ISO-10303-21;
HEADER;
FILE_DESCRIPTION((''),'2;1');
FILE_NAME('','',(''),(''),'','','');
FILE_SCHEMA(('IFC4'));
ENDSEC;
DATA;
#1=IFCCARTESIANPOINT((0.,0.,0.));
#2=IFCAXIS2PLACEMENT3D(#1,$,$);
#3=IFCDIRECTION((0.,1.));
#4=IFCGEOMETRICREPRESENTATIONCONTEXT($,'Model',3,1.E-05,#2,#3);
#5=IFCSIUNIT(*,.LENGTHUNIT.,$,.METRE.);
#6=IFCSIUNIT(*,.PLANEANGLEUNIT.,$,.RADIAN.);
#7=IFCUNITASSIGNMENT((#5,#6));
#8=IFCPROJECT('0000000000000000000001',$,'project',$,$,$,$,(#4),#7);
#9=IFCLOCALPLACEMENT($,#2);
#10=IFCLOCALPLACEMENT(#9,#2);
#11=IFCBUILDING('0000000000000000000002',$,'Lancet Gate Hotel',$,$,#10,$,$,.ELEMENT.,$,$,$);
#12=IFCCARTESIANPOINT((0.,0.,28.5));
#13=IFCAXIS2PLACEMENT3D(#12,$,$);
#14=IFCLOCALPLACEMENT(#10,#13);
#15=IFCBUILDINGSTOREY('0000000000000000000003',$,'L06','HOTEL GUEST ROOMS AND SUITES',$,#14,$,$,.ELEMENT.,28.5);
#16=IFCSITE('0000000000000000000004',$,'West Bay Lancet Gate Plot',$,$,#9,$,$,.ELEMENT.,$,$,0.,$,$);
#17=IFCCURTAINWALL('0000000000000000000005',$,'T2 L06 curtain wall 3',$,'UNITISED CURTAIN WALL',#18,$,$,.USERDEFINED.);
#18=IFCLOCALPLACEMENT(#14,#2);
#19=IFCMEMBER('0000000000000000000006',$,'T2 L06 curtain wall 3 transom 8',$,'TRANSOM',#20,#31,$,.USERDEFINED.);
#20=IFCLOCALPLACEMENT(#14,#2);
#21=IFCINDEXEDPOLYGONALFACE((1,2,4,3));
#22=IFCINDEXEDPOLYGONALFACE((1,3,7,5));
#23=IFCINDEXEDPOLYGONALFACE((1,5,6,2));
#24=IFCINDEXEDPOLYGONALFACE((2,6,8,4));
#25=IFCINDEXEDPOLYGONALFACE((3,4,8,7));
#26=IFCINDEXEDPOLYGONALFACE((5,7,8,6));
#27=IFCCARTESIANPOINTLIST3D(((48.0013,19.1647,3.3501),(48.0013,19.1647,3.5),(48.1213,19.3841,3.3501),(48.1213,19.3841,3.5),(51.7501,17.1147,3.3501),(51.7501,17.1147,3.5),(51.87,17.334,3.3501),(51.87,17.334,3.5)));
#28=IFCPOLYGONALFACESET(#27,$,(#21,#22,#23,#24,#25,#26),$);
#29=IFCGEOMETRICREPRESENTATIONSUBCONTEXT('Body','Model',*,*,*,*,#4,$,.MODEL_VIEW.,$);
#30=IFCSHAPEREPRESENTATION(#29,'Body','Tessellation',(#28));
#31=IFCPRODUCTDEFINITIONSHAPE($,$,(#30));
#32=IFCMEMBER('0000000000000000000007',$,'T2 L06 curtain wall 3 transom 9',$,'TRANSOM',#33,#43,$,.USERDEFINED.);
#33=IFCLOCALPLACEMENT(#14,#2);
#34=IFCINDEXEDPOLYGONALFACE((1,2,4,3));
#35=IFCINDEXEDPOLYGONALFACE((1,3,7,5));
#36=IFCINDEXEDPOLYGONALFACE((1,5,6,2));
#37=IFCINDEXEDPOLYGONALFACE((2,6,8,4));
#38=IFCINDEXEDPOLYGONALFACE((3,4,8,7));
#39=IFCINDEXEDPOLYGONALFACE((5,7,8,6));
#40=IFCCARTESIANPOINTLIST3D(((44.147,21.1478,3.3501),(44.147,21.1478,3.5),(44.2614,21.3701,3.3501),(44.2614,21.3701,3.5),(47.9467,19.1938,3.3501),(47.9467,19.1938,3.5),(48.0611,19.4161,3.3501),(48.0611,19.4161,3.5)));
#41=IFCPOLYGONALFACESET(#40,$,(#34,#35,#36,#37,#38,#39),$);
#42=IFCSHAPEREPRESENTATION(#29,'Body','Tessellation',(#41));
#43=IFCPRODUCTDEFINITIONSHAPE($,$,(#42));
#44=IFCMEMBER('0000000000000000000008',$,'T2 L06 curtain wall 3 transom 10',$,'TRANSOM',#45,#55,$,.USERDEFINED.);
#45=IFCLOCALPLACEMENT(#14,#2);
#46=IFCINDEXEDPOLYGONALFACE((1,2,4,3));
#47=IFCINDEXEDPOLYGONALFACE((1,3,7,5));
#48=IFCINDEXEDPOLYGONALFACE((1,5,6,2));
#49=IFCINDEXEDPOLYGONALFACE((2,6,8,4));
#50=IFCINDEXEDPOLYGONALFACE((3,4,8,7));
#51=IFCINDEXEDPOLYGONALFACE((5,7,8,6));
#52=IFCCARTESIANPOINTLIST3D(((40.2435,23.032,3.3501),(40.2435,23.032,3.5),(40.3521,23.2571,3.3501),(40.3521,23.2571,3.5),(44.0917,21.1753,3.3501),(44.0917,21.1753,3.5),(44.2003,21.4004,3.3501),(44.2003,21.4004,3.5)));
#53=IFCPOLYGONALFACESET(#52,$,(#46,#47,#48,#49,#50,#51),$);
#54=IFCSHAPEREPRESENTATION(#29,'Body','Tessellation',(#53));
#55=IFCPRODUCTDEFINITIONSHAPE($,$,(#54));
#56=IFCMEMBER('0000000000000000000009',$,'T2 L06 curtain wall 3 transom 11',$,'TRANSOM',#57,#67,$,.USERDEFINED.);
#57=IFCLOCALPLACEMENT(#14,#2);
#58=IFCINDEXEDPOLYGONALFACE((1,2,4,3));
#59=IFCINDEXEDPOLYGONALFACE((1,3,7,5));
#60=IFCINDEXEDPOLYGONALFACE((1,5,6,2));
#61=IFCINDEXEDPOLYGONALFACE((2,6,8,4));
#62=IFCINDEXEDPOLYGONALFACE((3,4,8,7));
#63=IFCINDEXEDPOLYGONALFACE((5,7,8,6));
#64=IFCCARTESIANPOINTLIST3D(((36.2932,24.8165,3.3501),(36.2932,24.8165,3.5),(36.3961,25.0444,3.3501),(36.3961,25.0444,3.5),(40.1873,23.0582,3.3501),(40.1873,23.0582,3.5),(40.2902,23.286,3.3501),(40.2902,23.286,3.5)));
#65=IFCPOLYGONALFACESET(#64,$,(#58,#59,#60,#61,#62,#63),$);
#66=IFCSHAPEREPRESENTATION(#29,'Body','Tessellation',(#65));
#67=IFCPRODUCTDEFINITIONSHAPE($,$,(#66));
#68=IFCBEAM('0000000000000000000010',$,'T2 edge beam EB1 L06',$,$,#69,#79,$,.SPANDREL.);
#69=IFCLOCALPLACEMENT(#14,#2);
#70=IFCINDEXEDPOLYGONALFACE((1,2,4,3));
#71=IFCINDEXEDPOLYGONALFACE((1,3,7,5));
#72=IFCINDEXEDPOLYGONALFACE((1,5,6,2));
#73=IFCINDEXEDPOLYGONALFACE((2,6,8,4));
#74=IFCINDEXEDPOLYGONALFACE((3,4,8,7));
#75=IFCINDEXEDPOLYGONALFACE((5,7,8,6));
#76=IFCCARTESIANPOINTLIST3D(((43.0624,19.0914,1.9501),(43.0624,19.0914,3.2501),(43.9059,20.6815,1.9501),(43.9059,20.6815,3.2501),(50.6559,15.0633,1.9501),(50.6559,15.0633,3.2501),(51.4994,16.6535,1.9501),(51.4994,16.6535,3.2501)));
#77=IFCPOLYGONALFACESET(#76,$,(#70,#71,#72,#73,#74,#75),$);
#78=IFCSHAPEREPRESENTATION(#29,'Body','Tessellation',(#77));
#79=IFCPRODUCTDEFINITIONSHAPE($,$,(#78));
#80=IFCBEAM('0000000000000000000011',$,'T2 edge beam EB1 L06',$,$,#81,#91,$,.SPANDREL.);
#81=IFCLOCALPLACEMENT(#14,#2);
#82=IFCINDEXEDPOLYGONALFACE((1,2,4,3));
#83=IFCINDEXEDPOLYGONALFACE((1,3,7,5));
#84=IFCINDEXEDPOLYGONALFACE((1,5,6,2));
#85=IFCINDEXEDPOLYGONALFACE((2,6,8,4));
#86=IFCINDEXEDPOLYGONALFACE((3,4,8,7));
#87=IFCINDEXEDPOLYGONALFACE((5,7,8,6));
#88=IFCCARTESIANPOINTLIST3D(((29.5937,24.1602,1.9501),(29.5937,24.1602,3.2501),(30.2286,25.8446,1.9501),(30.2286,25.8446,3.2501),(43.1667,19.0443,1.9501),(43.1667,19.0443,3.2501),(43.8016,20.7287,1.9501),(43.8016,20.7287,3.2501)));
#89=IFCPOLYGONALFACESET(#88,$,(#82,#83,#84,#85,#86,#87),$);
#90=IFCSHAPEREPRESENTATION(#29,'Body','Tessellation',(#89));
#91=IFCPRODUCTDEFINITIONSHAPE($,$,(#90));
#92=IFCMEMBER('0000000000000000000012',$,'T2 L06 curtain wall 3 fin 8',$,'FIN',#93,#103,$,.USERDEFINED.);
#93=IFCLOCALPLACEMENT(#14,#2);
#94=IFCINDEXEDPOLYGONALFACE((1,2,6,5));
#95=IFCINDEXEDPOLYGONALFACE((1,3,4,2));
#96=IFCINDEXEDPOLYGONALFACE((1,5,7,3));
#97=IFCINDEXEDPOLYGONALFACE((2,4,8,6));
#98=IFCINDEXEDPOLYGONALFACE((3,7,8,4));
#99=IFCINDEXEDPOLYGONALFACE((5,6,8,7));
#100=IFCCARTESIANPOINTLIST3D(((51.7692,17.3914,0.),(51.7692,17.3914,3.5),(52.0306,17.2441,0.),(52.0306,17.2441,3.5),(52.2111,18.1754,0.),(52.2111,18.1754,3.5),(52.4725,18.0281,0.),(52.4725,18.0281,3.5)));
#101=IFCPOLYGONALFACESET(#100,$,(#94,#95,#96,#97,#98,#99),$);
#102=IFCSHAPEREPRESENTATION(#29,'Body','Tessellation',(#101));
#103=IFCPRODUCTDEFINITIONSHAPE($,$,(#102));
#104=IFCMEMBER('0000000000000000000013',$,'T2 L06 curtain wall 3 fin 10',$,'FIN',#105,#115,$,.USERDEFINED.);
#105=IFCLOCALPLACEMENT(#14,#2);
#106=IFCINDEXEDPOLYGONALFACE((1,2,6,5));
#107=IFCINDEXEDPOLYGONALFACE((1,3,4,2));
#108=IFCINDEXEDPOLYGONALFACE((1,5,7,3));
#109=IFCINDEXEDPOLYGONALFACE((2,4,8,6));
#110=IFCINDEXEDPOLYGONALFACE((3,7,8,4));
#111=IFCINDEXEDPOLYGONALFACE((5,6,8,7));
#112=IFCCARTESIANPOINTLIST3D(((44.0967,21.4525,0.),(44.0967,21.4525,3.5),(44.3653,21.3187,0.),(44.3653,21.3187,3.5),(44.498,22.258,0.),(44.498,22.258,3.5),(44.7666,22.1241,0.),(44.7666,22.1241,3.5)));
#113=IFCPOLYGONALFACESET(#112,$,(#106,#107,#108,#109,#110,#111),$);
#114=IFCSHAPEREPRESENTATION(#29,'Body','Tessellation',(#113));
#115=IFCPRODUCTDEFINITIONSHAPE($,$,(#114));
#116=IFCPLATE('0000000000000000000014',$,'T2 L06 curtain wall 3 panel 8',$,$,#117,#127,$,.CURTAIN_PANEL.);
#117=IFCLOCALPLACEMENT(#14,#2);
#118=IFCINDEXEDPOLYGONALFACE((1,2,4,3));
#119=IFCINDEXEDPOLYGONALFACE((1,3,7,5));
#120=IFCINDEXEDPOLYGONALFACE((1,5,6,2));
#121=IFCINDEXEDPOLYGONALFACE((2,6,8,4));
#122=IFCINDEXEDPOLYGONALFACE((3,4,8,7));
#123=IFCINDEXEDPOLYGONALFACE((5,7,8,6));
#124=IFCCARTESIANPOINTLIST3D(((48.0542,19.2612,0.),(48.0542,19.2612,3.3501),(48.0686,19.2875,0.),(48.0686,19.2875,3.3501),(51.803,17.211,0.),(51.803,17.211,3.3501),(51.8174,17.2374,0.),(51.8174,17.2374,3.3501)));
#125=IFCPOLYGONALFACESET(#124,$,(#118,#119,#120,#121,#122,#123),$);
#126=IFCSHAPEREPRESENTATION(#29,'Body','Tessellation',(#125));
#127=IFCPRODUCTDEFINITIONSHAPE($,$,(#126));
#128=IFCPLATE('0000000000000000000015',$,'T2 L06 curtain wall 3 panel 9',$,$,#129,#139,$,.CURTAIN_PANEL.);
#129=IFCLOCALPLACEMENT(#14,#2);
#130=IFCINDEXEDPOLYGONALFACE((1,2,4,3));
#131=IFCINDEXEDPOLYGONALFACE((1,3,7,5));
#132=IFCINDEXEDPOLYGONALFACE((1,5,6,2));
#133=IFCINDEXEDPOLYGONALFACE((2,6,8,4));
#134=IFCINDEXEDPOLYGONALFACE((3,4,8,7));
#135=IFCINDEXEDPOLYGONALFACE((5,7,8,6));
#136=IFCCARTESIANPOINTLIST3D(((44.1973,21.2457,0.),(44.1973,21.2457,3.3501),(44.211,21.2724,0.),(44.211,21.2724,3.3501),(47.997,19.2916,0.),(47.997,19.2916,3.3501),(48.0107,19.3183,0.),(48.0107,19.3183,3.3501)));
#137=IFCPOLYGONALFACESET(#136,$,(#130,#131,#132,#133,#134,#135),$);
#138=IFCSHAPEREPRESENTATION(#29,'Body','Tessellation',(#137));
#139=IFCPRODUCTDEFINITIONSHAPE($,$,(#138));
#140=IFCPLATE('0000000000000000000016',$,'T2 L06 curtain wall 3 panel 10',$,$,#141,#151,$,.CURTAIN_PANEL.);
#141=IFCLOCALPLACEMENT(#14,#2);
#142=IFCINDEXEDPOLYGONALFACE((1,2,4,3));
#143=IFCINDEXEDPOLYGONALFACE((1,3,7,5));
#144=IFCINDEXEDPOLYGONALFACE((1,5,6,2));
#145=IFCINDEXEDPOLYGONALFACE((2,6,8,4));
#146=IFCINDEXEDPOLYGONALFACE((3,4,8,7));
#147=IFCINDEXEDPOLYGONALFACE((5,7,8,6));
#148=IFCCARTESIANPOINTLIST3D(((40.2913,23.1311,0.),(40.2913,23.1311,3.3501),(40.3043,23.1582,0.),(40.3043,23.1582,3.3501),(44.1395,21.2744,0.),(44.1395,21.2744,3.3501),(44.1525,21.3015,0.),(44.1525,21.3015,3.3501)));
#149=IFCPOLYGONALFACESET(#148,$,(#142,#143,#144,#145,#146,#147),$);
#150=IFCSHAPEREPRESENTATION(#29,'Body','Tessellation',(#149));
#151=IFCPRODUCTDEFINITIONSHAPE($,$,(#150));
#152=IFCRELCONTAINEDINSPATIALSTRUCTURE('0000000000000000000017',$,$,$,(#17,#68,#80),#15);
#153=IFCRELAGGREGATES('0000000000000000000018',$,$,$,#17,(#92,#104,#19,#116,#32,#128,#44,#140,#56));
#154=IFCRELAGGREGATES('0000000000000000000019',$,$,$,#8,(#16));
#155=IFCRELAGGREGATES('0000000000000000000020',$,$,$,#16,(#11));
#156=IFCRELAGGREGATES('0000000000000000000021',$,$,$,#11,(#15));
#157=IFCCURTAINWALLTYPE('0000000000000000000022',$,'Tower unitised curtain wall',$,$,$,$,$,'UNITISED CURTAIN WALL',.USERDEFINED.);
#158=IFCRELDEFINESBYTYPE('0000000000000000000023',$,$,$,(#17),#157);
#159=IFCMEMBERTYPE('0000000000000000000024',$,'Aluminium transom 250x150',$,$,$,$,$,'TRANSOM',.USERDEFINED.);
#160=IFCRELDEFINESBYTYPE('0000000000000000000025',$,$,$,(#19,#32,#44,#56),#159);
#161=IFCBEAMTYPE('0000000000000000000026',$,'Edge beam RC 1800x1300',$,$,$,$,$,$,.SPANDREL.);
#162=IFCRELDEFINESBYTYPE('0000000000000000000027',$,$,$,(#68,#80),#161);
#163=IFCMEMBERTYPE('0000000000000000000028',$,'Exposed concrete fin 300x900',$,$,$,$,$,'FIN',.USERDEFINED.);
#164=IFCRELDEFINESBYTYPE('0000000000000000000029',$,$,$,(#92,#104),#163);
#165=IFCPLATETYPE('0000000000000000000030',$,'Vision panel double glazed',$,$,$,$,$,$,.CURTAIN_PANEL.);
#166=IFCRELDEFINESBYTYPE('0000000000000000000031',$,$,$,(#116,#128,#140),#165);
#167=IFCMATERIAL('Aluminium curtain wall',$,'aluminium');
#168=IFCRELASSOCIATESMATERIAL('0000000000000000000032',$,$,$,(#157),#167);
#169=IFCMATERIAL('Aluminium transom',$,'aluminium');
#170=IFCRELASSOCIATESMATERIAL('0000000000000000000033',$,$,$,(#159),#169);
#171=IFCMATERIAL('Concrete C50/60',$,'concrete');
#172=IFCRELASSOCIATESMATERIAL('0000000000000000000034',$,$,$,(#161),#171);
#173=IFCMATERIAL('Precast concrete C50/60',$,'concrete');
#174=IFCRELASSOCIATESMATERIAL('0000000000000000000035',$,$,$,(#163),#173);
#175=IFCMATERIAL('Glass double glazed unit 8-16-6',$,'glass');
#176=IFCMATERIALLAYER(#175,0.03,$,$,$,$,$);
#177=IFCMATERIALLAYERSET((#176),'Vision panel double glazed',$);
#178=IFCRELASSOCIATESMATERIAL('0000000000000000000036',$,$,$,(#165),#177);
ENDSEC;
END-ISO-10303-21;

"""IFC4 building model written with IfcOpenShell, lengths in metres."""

from ifc_helpers import new_model, si_unit, direction, frame, origin, origin_2d, place, context, subcontext, project, spatial, rectangle, extrude, material, layer, layer_set, material_profile, profile_set, type_object, element, aggregate, save


model = new_model("IFC4")

# Units and contexts
model_context = context("Model", 3, precision=1e-05, world=origin(), true_north=direction((0.0, 1.0)))
body_context = subcontext(model_context, "Body", "Model", "MODEL_VIEW")
ifc_project = project(units=[si_unit("LENGTHUNIT", "METRE"), si_unit("PLANEANGLEUNIT", "RADIAN")], contexts=[model_context])

# Site, building, storey
site_placement = place(None, origin())
site = spatial("IfcSite", under=ifc_project, at=site_placement, Name="West Bay Lancet Gate Plot", CompositionType="ELEMENT", RefElevation=0.0)
building_placement = place(site_placement, origin())
building = spatial("IfcBuilding", under=site, at=building_placement, Name="Lancet Gate Hotel", CompositionType="ELEMENT")
storey_placement = place(building_placement, frame((0.0, 0.0, 28.5)))
storey = spatial("IfcBuildingStorey", under=building, at=storey_placement, Name="L06", Description="HOTEL GUEST ROOMS AND SUITES", CompositionType="ELEMENT", Elevation=28.5)

# Curtain wall, members
ifc_material_1 = material(Name="Aluminium curtain wall", Category="aluminium")
curtain_wall_type = type_object("IfcCurtainWallType", Name="Tower unitised curtain wall", ElementType="UNITISED CURTAIN WALL", PredefinedType="USERDEFINED", material=ifc_material_1)
curtain_wall_placement = place(storey_placement, origin())
curtain_wall = element("IfcCurtainWall", 1, at=curtain_wall_placement, inside=storey, type_object=curtain_wall_type, Name="T2 L06 curtain wall 3", ObjectType="UNITISED CURTAIN WALL", PredefinedType="USERDEFINED")
ifc_material_2 = material(Name="Aluminium transom", Category="aluminium")
ifc_material_profile_1 = material_profile(ifc_material_2, rectangle(XDim=0.25, YDim=0.1499, at=origin_2d()), Name="TRANSOM 250x150")
ifc_profile_set_1 = profile_set([ifc_material_profile_1], Name="Aluminium transom")
member_type_1 = type_object("IfcMemberType", Name="Aluminium transom 250x150", ElementType="TRANSOM", PredefinedType="USERDEFINED", material=ifc_profile_set_1)
member_1_placement = place(storey_placement, frame((51.8101, 17.2244, 3.425), z_axis=(-0.877378, 0.479801, 0.0), x_axis=(-0.479801, -0.877378, 0.0)))
member_1 = element("IfcMember", 2, at=member_1_placement, type_object=member_type_1, Name="T2 L06 curtain wall 3 transom 8", ObjectType="TRANSOM", PredefinedType="USERDEFINED", context=body_context, shape_type="SweptSolid", body=[
    extrude(rectangle(XDim=0.25, YDim=0.1499, at=origin_2d()), origin(), (0.0, 0.0, 1.0), 4.2727),
])
member_2_placement = place(storey_placement, frame((48.0039, 19.3049, 3.425), z_axis=(-0.889296, 0.457333, 0.0), x_axis=(-0.457333, -0.889296, 0.0)))
member_2 = element("IfcMember", 3, at=member_2_placement, type_object=member_type_1, Name="T2 L06 curtain wall 3 transom 9", ObjectType="TRANSOM", PredefinedType="USERDEFINED", context=body_context, shape_type="SweptSolid", body=[
    extrude(rectangle(XDim=0.25, YDim=0.1499, at=origin_2d()), origin(), (0.0, 0.0, 1.0), 4.2727),
])
member_3_placement = place(storey_placement, frame((44.146, 21.2878, 3.425), z_axis=(-0.900646, 0.434553, 0.0), x_axis=(-0.434553, -0.900646, 0.0)))
member_3 = element("IfcMember", 4, at=member_3_placement, type_object=member_type_1, Name="T2 L06 curtain wall 3 transom 10", ObjectType="TRANSOM", PredefinedType="USERDEFINED", context=body_context, shape_type="SweptSolid", body=[
    extrude(rectangle(XDim=0.25, YDim=0.1499, at=origin_2d()), origin(), (0.0, 0.0, 1.0), 4.2727),
])
member_4_placement = place(storey_placement, frame((40.2388, 23.1721, 3.425), z_axis=(-0.911397, 0.411529, 0.0), x_axis=(-0.411529, -0.911397, 0.0)))
member_4 = element("IfcMember", 5, at=member_4_placement, type_object=member_type_1, Name="T2 L06 curtain wall 3 transom 11", ObjectType="TRANSOM", PredefinedType="USERDEFINED", context=body_context, shape_type="SweptSolid", body=[
    extrude(rectangle(XDim=0.25, YDim=0.1499, at=origin_2d()), origin(), (0.0, 0.0, 1.0), 4.2727),
])

# Beams
ifc_material_3 = material(Name="Concrete C50/60", Category="concrete")
ifc_material_profile_2 = material_profile(ifc_material_3, rectangle(XDim=1.8, YDim=1.3, at=origin_2d()), Name="RC 1800x1300")
ifc_profile_set_2 = profile_set([ifc_material_profile_2], Name="Concrete C50/60")
beam_type = type_object("IfcBeamType", Name="Edge beam RC 1800x1300", PredefinedType="SPANDREL", material=ifc_profile_set_2)
beam_1_placement = place(storey_placement, frame((51.0776, 15.8584, 2.6001), z_axis=(-0.883403, 0.468613, 0.0), x_axis=(-0.468613, -0.883403, 0.0)))
element("IfcBeam", 6, at=beam_1_placement, inside=storey, type_object=beam_type, Name="T2 edge beam EB1 L06", PredefinedType="SPANDREL", context=body_context, shape_type="SweptSolid", body=[
    extrude(rectangle(XDim=1.8, YDim=1.3, at=origin_2d()), origin(), (0.0, 0.0, 1.0), 8.5957),
])
beam_2_placement = place(storey_placement, frame((43.4841, 19.8865, 2.6001), z_axis=(-0.935736, 0.3527, 0.0), x_axis=(-0.3527, -0.935736, 0.0)))
element("IfcBeam", 7, at=beam_2_placement, inside=storey, type_object=beam_type, Name="T2 edge beam EB1 L06", PredefinedType="SPANDREL", context=body_context, shape_type="SweptSolid", body=[
    extrude(rectangle(XDim=1.8, YDim=1.3, at=origin_2d()), origin(), (0.0, 0.0, 1.0), 14.5051),
])

# Members
ifc_material_4 = material(Name="Precast concrete C50/60", Category="concrete")
ifc_material_profile_3 = material_profile(ifc_material_4, rectangle(XDim=0.3, YDim=0.8999, at=origin_2d()), Name="FIN 300x900")
ifc_profile_set_3 = profile_set([ifc_material_profile_3], Name="Precast concrete C50/60")
member_type_2 = type_object("IfcMemberType", Name="Exposed concrete fin 300x900", ElementType="FIN", PredefinedType="USERDEFINED", material=ifc_profile_set_3)
member_5_placement = place(storey_placement, frame((52.1208, 17.7097, 0.0), z_axis=(0.0, 0.0, 1.0), x_axis=(-0.87119, 0.490945, 0.0)))
member_5 = element("IfcMember", 8, at=member_5_placement, type_object=member_type_2, Name="T2 L06 curtain wall 3 fin 8", ObjectType="FIN", PredefinedType="USERDEFINED", context=body_context, shape_type="SweptSolid", body=[
    extrude(rectangle(XDim=0.3, YDim=0.8999, at=origin_2d()), origin(), (0.0, 0.0, 1.0), 3.5),
])
member_6_placement = place(storey_placement, frame((44.4316, 21.7883, 0.0), z_axis=(0.0, 0.0, 1.0), x_axis=(-0.895044, 0.445978, 0.0)))
member_6 = element("IfcMember", 9, at=member_6_placement, type_object=member_type_2, Name="T2 L06 curtain wall 3 fin 10", ObjectType="FIN", PredefinedType="USERDEFINED", context=body_context, shape_type="SweptSolid", body=[
    extrude(rectangle(XDim=0.3, YDim=0.8999, at=origin_2d()), origin(), (0.0, 0.0, 1.0), 3.5),
])

# Plates
ifc_material_5 = material(Name="Glass double glazed unit 8-16-6", Category="glass")
ifc_layer = layer(ifc_material_5, 0.03)
ifc_layer_set = layer_set([ifc_layer], Name="Vision panel double glazed")
plate_type = type_object("IfcPlateType", Name="Vision panel double glazed", PredefinedType="CURTAIN_PANEL", material=ifc_layer_set)
plate_1_placement = place(storey_placement, frame((49.9358, 18.2493, 0.0), z_axis=(0.0, 0.0, 1.0), x_axis=(-0.877368, 0.479818, 0.0)))
plate_1 = element("IfcPlate", 10, at=plate_1_placement, type_object=plate_type, Name="T2 L06 curtain wall 3 panel 8", PredefinedType="CURTAIN_PANEL", context=body_context, shape_type="SweptSolid", body=[
    extrude(rectangle(XDim=4.2727, YDim=0.03, at=origin_2d()), origin(), (0.0, 0.0, 1.0), 3.3501),
])
plate_2_placement = place(storey_placement, frame((46.104, 20.282, 0.0), z_axis=(0.0, 0.0, 1.0), x_axis=(-0.889296, 0.457332, 0.0)))
plate_2 = element("IfcPlate", 11, at=plate_2_placement, type_object=plate_type, Name="T2 L06 curtain wall 3 panel 9", PredefinedType="CURTAIN_PANEL", context=body_context, shape_type="SweptSolid", body=[
    extrude(rectangle(XDim=4.2727, YDim=0.03, at=origin_2d()), origin(), (0.0, 0.0, 1.0), 3.3501),
])
plate_3_placement = place(storey_placement, frame((42.2219, 22.2163, 0.0), z_axis=(0.0, 0.0, 1.0), x_axis=(-0.900647, 0.43455, 0.0)))
plate_3 = element("IfcPlate", 12, at=plate_3_placement, type_object=plate_type, Name="T2 L06 curtain wall 3 panel 10", PredefinedType="CURTAIN_PANEL", context=body_context, shape_type="SweptSolid", body=[
    extrude(rectangle(XDim=4.2727, YDim=0.03, at=origin_2d()), origin(), (0.0, 0.0, 1.0), 3.3501),
])
aggregate(curtain_wall, [member_5, member_6, member_1, plate_1, member_2, plate_2, member_3, plate_3, member_4])

save(model, "model.ifc")
